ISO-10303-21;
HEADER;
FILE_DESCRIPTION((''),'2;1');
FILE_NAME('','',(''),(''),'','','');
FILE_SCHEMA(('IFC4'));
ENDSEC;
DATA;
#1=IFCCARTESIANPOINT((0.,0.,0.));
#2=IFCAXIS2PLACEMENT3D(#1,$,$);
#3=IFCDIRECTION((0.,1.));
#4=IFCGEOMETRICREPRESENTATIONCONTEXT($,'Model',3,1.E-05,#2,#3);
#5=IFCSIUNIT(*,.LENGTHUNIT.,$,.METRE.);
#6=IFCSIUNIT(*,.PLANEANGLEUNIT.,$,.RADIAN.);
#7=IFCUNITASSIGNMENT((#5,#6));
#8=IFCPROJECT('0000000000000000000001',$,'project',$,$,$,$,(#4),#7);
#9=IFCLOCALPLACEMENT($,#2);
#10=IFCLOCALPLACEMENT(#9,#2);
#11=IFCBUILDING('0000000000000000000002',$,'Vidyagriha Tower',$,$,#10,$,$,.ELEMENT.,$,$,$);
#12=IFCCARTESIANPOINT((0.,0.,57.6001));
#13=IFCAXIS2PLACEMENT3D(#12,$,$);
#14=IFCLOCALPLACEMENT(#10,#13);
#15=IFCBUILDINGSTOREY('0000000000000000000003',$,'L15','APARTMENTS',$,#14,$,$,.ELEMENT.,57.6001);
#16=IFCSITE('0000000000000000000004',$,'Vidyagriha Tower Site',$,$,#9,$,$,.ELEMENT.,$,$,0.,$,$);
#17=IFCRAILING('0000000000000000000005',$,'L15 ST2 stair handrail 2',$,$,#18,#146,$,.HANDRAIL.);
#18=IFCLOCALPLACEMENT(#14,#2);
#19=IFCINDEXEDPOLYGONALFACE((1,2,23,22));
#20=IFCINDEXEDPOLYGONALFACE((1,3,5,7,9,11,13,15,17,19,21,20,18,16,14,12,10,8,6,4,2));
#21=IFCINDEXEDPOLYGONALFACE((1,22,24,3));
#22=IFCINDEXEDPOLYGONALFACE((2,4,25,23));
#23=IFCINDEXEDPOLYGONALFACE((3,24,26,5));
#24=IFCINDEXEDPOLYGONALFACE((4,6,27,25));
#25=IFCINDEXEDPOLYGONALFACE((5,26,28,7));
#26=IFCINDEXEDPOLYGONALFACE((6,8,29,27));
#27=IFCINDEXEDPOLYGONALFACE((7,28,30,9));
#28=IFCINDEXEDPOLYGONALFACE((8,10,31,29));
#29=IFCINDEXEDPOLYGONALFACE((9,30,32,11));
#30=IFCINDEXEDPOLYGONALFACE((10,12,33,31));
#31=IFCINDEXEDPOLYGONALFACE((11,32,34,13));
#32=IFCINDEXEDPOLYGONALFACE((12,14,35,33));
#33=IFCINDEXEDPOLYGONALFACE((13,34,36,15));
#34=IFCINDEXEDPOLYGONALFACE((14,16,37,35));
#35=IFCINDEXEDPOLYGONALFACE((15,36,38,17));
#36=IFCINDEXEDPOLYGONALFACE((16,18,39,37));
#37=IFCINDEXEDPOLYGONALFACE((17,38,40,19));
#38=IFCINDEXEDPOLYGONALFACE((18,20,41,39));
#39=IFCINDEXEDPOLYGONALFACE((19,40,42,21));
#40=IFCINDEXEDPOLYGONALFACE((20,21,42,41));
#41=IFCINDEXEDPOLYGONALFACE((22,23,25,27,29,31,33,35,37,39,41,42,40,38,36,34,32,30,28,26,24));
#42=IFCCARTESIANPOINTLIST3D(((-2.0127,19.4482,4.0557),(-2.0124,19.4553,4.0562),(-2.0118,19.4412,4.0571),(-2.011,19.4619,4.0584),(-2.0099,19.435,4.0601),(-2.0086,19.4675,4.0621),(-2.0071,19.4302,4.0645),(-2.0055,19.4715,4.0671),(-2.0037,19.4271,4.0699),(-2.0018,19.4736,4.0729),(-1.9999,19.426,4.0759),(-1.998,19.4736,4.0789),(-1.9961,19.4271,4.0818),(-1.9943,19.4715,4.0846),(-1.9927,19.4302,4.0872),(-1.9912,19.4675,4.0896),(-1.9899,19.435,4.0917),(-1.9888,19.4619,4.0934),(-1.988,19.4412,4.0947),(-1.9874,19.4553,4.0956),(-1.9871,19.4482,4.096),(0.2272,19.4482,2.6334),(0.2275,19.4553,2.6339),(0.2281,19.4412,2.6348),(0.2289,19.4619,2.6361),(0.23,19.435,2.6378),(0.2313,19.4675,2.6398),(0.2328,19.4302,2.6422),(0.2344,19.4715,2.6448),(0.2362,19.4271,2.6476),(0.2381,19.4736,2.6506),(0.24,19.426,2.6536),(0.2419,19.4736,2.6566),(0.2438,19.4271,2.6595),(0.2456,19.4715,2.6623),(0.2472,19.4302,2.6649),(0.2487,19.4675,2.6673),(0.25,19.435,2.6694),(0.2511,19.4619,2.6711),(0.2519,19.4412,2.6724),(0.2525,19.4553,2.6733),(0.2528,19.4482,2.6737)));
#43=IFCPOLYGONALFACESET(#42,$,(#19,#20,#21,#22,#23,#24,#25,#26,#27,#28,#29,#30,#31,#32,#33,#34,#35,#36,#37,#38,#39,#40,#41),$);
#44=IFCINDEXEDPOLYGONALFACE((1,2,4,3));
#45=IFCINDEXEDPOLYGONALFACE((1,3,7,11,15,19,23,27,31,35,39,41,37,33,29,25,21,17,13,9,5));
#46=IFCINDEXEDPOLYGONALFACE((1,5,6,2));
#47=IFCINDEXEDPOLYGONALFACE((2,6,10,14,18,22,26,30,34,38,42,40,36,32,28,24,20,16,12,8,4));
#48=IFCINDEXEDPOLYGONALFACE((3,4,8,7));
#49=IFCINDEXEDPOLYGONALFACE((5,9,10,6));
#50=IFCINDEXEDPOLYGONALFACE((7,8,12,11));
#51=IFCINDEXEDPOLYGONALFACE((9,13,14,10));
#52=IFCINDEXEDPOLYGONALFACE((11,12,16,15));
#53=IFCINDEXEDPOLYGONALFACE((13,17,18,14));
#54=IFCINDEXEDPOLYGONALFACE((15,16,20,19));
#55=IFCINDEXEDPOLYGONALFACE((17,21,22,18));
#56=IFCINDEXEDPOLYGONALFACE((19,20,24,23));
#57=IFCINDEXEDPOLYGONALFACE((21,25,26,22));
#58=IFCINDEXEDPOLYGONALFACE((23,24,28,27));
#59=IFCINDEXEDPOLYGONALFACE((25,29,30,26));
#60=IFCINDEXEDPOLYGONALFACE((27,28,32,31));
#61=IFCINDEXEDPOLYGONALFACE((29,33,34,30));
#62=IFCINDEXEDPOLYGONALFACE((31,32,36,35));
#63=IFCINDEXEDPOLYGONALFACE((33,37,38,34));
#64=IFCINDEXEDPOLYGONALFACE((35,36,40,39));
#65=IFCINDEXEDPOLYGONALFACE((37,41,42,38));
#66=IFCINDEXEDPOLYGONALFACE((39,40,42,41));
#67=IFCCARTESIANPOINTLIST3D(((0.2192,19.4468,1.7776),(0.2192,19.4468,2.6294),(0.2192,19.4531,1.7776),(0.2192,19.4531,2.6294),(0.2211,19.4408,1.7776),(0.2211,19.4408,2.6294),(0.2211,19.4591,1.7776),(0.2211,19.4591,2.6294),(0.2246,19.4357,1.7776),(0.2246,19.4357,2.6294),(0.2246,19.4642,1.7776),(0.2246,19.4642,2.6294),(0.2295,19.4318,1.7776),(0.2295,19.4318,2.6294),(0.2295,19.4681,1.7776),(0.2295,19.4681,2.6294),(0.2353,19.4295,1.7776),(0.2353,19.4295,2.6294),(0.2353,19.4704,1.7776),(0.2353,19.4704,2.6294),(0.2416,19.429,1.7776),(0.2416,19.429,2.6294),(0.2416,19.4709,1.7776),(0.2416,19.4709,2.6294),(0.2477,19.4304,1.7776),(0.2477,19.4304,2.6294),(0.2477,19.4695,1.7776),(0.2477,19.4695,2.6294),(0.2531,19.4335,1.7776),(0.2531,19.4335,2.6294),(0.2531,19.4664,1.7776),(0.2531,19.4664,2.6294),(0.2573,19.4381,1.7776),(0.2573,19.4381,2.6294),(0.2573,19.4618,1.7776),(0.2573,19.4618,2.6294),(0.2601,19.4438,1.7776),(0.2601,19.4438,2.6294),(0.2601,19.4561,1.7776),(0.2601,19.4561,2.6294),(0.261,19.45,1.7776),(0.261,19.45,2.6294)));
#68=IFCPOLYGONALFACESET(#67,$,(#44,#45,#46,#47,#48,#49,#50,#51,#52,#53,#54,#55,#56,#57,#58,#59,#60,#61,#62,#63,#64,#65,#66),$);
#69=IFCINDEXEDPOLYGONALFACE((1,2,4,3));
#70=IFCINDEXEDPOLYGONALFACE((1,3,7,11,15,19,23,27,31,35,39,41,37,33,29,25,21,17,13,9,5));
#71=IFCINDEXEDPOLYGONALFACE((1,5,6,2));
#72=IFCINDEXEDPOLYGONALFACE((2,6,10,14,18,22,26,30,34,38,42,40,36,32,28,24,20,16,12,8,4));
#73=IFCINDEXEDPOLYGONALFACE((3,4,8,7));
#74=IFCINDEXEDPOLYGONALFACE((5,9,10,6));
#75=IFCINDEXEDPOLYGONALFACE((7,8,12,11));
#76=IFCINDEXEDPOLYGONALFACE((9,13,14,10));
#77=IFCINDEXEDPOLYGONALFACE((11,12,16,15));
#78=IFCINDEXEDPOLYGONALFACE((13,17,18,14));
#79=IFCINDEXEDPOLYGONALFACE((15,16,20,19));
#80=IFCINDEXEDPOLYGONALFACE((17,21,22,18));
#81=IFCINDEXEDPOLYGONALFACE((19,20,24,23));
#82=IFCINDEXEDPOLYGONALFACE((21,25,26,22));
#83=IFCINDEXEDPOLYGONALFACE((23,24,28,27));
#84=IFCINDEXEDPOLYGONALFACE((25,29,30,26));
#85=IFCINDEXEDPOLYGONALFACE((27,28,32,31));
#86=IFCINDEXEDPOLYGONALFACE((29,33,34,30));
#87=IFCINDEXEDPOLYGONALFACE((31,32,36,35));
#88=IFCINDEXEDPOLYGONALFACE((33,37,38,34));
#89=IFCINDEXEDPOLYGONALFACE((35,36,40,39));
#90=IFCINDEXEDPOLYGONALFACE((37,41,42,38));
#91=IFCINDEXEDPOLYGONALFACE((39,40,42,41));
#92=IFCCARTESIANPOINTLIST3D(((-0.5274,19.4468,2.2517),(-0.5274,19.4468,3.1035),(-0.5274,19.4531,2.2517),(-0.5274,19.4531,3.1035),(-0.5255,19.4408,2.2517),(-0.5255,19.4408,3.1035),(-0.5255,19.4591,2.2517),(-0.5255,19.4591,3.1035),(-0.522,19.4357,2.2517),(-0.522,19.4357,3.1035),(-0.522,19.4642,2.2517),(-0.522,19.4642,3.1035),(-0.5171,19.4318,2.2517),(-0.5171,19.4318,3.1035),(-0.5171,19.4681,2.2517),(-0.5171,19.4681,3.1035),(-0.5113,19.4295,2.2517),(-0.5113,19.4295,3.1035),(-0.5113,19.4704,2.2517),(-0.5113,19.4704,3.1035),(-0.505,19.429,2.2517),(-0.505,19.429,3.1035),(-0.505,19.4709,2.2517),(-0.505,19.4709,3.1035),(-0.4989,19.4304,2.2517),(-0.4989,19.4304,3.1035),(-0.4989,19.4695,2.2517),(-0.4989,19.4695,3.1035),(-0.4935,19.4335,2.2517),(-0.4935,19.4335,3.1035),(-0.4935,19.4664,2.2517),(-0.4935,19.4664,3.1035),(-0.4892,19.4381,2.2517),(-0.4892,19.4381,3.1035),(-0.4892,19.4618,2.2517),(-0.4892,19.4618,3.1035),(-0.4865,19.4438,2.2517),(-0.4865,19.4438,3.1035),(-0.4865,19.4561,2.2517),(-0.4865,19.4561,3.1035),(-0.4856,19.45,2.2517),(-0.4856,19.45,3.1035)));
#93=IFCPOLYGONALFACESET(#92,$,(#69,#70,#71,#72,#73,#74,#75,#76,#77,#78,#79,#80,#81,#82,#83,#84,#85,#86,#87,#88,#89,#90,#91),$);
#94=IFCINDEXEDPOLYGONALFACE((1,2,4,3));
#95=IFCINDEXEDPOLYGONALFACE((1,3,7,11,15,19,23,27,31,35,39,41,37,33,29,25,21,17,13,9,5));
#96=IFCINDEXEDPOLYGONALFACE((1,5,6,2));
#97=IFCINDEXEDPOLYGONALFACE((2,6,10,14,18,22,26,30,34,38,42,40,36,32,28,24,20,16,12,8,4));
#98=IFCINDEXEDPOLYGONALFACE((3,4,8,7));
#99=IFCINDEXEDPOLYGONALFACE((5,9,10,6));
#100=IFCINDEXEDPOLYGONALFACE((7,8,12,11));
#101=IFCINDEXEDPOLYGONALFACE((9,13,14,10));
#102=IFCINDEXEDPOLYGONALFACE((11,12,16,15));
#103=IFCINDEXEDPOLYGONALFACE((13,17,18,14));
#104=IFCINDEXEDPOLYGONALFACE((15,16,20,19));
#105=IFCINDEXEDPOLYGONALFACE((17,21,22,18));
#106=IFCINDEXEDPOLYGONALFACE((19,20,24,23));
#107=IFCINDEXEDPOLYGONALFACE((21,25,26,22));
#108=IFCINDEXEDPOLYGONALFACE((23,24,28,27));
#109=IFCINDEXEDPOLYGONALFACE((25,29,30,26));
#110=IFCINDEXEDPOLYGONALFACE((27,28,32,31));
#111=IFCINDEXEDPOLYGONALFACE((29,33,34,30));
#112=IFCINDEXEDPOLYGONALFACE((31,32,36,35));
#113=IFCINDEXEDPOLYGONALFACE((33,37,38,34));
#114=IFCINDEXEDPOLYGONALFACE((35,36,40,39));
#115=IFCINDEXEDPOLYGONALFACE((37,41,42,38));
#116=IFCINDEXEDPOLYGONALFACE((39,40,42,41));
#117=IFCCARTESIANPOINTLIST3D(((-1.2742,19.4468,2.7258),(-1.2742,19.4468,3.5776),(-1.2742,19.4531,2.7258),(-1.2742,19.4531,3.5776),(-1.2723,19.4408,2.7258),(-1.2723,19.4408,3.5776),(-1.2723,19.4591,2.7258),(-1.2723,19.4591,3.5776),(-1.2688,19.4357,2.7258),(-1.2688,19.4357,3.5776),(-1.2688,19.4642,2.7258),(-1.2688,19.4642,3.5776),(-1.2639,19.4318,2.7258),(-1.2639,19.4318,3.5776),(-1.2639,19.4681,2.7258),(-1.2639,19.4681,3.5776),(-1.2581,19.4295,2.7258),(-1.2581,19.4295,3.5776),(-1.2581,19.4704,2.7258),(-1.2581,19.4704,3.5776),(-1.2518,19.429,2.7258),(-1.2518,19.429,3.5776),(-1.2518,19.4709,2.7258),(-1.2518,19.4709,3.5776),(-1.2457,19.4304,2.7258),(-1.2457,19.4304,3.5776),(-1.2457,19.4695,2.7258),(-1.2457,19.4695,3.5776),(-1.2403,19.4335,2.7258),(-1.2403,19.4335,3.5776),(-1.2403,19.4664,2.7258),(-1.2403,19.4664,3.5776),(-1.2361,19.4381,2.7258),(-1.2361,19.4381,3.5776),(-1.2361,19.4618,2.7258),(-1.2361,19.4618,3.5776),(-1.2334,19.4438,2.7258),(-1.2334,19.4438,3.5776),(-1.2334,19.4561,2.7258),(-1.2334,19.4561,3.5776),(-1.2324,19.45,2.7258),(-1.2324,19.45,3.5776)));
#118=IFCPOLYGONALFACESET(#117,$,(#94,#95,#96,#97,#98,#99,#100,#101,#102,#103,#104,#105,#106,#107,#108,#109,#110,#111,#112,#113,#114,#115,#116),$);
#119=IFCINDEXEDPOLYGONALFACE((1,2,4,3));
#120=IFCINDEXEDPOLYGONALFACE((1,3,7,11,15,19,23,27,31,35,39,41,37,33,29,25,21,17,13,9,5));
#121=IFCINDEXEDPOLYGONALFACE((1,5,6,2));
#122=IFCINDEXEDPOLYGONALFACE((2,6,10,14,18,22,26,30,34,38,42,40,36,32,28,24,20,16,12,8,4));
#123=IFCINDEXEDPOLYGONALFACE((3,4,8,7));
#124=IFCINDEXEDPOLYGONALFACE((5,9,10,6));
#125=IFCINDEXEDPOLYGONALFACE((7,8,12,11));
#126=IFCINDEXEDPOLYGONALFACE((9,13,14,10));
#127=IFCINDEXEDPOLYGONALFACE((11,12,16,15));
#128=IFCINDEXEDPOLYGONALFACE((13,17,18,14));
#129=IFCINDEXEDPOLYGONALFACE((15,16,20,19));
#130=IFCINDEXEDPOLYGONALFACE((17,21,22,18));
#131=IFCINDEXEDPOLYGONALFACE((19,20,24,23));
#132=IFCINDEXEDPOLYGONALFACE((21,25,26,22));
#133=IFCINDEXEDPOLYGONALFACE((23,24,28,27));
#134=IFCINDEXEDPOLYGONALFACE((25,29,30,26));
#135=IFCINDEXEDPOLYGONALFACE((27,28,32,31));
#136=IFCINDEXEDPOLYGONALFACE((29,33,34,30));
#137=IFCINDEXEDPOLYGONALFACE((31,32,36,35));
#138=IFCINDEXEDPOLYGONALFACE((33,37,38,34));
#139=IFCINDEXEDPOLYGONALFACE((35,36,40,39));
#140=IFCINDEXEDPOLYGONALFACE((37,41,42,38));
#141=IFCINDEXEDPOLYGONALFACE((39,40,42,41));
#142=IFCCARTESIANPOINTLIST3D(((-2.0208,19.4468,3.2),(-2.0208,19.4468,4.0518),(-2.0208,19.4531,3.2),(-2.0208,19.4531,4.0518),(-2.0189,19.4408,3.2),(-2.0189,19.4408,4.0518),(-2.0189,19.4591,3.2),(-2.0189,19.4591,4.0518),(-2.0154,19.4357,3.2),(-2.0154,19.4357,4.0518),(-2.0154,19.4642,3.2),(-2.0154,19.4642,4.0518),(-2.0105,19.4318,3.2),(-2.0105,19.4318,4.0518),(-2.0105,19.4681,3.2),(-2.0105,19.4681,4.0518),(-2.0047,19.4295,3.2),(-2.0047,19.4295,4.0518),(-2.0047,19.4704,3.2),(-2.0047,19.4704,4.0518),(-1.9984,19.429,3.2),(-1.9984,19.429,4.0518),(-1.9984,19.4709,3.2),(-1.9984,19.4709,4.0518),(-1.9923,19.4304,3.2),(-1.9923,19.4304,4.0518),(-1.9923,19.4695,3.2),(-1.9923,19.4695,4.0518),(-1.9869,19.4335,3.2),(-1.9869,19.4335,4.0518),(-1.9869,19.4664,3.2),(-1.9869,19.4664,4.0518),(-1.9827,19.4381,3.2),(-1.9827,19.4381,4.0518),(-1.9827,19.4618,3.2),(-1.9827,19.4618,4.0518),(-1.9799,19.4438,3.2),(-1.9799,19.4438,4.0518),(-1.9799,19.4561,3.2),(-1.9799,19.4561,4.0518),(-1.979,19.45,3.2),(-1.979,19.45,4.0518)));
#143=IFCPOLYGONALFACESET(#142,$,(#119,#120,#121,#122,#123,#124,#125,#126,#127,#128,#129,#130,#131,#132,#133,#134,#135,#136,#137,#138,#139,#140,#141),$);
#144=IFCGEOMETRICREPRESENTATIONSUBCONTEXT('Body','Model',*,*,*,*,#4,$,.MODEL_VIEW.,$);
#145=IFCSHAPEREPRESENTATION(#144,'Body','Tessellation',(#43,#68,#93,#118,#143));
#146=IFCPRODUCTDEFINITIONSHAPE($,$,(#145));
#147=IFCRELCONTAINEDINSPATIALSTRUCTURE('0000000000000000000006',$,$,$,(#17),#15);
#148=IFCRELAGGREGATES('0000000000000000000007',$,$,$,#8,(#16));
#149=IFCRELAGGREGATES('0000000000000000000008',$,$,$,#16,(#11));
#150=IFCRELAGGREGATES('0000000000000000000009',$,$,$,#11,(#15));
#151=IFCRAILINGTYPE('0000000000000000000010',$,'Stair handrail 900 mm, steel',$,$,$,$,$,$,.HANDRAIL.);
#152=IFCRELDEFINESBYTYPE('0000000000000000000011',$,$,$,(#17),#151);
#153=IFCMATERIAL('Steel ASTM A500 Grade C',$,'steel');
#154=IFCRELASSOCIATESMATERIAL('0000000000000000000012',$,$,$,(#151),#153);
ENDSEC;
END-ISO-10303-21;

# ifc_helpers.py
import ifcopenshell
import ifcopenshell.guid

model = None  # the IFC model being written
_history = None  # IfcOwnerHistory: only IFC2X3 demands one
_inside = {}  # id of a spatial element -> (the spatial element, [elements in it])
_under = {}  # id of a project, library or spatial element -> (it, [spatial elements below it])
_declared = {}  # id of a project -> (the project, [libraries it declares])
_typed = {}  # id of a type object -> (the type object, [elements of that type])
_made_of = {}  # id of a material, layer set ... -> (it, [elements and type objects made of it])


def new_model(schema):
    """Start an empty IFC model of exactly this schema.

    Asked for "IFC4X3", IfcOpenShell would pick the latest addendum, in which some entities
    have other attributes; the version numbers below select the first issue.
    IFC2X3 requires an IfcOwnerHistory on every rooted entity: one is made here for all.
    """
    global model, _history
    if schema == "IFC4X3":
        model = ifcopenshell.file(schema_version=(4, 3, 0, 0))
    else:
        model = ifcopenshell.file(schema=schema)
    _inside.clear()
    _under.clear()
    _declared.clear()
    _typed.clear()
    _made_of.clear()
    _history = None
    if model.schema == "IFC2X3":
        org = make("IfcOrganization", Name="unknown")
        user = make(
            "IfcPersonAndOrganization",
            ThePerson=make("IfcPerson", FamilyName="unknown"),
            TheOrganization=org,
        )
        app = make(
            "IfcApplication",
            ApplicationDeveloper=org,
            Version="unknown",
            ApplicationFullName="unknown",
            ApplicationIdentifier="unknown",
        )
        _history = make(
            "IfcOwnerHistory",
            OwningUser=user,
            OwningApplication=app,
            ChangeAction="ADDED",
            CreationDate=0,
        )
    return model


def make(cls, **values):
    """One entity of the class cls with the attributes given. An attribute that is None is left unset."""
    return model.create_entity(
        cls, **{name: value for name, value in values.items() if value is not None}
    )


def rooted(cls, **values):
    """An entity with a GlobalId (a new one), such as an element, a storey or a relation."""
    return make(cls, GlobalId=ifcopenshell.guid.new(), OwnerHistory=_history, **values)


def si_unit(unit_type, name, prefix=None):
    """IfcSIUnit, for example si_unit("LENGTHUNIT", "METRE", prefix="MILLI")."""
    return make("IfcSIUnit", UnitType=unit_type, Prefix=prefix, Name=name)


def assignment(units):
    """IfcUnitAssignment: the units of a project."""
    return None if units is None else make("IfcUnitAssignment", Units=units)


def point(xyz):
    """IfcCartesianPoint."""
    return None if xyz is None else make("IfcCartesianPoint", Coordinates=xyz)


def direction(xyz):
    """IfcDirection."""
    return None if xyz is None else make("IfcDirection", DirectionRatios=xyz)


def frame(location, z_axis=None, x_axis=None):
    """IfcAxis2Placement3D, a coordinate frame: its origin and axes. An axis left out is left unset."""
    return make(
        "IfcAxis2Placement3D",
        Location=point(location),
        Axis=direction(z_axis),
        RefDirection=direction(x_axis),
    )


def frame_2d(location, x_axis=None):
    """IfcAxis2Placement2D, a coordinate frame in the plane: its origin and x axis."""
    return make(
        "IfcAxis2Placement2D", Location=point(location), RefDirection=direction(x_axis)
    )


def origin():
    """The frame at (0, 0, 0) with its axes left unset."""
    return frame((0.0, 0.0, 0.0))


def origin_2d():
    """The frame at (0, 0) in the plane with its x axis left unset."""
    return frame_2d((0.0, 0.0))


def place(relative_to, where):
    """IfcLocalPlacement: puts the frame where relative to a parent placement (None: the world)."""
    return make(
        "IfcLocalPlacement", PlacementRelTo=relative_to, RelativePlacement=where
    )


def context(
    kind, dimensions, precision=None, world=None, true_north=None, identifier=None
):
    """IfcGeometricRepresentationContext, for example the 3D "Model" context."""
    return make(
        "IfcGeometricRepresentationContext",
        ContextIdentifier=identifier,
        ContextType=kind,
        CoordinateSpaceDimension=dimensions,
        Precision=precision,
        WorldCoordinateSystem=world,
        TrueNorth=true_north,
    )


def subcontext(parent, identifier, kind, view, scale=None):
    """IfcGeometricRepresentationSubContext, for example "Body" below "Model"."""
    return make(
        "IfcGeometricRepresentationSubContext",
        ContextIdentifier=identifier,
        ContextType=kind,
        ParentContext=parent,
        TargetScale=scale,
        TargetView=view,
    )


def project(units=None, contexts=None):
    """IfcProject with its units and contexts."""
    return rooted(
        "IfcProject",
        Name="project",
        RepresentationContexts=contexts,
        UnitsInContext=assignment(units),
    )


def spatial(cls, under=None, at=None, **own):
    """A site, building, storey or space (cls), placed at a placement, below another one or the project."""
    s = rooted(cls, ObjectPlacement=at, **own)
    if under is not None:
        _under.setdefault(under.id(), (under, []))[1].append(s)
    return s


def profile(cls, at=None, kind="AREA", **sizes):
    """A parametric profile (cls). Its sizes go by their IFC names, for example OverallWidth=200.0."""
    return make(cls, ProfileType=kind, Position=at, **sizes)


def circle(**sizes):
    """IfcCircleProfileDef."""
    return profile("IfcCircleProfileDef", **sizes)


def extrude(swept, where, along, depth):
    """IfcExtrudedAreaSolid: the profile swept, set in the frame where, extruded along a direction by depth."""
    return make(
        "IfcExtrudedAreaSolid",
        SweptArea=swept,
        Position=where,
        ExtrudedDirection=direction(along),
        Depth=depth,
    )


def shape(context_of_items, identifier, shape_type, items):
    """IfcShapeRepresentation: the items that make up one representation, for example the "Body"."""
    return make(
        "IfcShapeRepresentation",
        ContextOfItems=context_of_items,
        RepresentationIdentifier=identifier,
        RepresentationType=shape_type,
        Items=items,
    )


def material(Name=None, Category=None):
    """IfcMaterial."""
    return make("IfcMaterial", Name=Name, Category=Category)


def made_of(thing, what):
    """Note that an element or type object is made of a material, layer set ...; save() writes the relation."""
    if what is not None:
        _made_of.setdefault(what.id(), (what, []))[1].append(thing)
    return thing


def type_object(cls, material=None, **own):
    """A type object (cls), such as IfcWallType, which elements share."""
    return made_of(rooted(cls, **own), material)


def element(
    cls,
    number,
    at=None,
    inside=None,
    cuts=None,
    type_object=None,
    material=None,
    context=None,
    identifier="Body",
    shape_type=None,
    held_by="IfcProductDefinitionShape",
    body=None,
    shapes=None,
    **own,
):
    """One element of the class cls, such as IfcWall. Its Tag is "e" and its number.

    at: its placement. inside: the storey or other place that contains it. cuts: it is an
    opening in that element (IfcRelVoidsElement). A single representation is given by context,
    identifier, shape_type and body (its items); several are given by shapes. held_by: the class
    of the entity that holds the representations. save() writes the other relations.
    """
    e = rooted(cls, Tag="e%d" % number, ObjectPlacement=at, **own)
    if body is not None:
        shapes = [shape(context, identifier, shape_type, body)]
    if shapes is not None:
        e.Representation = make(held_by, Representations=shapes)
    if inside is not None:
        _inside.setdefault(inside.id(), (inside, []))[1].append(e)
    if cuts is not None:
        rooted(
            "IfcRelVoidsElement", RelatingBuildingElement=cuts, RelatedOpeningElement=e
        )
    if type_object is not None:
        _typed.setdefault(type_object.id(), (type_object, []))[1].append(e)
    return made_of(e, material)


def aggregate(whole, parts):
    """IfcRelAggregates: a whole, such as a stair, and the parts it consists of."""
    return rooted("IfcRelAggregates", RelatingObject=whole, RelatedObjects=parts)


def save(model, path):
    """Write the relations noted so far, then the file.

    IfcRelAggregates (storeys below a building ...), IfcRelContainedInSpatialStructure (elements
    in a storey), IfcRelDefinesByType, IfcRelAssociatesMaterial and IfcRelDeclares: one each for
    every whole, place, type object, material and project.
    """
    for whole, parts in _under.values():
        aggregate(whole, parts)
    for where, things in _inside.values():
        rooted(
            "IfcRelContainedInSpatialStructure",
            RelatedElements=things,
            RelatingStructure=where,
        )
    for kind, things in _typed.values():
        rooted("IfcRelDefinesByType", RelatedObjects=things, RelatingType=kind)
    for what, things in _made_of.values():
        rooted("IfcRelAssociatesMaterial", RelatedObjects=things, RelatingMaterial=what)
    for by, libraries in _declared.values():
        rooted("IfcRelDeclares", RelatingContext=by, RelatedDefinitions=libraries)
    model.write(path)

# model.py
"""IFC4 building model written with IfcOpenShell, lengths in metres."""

from ifc_helpers import new_model, si_unit, direction, frame, origin, origin_2d, place, context, subcontext, project, spatial, circle, extrude, material, type_object, element, save


model = new_model("IFC4")

# Units and contexts
model_context = context("Model", 3, precision=1e-05, world=origin(), true_north=direction((0.0, 1.0)))
body_context = subcontext(model_context, "Body", "Model", "MODEL_VIEW")
ifc_project = project(units=[si_unit("LENGTHUNIT", "METRE"), si_unit("PLANEANGLEUNIT", "RADIAN")], contexts=[model_context])

# Site, building, storey
site_placement = place(None, origin())
site = spatial("IfcSite", under=ifc_project, at=site_placement, Name="Vidyagriha Tower Site", CompositionType="ELEMENT", RefElevation=0.0)
building_placement = place(site_placement, origin())
building = spatial("IfcBuilding", under=site, at=building_placement, Name="Vidyagriha Tower", CompositionType="ELEMENT")
storey_placement = place(building_placement, frame((0.0, 0.0, 57.6001)))
storey = spatial("IfcBuildingStorey", under=building, at=storey_placement, Name="L15", Description="APARTMENTS", CompositionType="ELEMENT", Elevation=57.6001)

# Railing
ifc_material_1 = material(Name="Steel ASTM A500 Grade C", Category="steel")
railing_type_1 = type_object("IfcRailingType", Name="Stair handrail 900 mm, steel", PredefinedType="HANDRAIL", material=ifc_material_1)
railing_1_placement = place(storey_placement, frame((0.24, 19.45, 1.7776)))
element("IfcRailing", 1, at=railing_1_placement, inside=storey, type_object=railing_type_1, Name="L15 ST2 stair handrail 2", PredefinedType="HANDRAIL", context=body_context, shape_type="SweptSolid", body=[
    extrude(circle(Radius=0.0239, at=origin_2d()), frame((0.0, 0.0, 0.876), z_axis=(-0.844188, 0.0, 0.536048), x_axis=(0.0, -1.0, 0.0)), (0.0, 0.0, 1.0), 2.6533),
    extrude(circle(Radius=0.021, at=origin_2d()), origin(), (0.0, 0.0, 1.0), 0.8518),
    extrude(circle(Radius=0.021, at=origin_2d()), frame((-0.7466, 0.0, 0.4741)), (0.0, 0.0, 1.0), 0.8518),
    extrude(circle(Radius=0.021, at=origin_2d()), frame((-1.4934, 0.0, 0.9482)), (0.0, 0.0, 1.0), 0.8518),
    extrude(circle(Radius=0.021, at=origin_2d()), frame((-2.24, 0.0, 1.4224)), (0.0, 0.0, 1.0), 0.8518),
])

save(model, "model.ifc")
